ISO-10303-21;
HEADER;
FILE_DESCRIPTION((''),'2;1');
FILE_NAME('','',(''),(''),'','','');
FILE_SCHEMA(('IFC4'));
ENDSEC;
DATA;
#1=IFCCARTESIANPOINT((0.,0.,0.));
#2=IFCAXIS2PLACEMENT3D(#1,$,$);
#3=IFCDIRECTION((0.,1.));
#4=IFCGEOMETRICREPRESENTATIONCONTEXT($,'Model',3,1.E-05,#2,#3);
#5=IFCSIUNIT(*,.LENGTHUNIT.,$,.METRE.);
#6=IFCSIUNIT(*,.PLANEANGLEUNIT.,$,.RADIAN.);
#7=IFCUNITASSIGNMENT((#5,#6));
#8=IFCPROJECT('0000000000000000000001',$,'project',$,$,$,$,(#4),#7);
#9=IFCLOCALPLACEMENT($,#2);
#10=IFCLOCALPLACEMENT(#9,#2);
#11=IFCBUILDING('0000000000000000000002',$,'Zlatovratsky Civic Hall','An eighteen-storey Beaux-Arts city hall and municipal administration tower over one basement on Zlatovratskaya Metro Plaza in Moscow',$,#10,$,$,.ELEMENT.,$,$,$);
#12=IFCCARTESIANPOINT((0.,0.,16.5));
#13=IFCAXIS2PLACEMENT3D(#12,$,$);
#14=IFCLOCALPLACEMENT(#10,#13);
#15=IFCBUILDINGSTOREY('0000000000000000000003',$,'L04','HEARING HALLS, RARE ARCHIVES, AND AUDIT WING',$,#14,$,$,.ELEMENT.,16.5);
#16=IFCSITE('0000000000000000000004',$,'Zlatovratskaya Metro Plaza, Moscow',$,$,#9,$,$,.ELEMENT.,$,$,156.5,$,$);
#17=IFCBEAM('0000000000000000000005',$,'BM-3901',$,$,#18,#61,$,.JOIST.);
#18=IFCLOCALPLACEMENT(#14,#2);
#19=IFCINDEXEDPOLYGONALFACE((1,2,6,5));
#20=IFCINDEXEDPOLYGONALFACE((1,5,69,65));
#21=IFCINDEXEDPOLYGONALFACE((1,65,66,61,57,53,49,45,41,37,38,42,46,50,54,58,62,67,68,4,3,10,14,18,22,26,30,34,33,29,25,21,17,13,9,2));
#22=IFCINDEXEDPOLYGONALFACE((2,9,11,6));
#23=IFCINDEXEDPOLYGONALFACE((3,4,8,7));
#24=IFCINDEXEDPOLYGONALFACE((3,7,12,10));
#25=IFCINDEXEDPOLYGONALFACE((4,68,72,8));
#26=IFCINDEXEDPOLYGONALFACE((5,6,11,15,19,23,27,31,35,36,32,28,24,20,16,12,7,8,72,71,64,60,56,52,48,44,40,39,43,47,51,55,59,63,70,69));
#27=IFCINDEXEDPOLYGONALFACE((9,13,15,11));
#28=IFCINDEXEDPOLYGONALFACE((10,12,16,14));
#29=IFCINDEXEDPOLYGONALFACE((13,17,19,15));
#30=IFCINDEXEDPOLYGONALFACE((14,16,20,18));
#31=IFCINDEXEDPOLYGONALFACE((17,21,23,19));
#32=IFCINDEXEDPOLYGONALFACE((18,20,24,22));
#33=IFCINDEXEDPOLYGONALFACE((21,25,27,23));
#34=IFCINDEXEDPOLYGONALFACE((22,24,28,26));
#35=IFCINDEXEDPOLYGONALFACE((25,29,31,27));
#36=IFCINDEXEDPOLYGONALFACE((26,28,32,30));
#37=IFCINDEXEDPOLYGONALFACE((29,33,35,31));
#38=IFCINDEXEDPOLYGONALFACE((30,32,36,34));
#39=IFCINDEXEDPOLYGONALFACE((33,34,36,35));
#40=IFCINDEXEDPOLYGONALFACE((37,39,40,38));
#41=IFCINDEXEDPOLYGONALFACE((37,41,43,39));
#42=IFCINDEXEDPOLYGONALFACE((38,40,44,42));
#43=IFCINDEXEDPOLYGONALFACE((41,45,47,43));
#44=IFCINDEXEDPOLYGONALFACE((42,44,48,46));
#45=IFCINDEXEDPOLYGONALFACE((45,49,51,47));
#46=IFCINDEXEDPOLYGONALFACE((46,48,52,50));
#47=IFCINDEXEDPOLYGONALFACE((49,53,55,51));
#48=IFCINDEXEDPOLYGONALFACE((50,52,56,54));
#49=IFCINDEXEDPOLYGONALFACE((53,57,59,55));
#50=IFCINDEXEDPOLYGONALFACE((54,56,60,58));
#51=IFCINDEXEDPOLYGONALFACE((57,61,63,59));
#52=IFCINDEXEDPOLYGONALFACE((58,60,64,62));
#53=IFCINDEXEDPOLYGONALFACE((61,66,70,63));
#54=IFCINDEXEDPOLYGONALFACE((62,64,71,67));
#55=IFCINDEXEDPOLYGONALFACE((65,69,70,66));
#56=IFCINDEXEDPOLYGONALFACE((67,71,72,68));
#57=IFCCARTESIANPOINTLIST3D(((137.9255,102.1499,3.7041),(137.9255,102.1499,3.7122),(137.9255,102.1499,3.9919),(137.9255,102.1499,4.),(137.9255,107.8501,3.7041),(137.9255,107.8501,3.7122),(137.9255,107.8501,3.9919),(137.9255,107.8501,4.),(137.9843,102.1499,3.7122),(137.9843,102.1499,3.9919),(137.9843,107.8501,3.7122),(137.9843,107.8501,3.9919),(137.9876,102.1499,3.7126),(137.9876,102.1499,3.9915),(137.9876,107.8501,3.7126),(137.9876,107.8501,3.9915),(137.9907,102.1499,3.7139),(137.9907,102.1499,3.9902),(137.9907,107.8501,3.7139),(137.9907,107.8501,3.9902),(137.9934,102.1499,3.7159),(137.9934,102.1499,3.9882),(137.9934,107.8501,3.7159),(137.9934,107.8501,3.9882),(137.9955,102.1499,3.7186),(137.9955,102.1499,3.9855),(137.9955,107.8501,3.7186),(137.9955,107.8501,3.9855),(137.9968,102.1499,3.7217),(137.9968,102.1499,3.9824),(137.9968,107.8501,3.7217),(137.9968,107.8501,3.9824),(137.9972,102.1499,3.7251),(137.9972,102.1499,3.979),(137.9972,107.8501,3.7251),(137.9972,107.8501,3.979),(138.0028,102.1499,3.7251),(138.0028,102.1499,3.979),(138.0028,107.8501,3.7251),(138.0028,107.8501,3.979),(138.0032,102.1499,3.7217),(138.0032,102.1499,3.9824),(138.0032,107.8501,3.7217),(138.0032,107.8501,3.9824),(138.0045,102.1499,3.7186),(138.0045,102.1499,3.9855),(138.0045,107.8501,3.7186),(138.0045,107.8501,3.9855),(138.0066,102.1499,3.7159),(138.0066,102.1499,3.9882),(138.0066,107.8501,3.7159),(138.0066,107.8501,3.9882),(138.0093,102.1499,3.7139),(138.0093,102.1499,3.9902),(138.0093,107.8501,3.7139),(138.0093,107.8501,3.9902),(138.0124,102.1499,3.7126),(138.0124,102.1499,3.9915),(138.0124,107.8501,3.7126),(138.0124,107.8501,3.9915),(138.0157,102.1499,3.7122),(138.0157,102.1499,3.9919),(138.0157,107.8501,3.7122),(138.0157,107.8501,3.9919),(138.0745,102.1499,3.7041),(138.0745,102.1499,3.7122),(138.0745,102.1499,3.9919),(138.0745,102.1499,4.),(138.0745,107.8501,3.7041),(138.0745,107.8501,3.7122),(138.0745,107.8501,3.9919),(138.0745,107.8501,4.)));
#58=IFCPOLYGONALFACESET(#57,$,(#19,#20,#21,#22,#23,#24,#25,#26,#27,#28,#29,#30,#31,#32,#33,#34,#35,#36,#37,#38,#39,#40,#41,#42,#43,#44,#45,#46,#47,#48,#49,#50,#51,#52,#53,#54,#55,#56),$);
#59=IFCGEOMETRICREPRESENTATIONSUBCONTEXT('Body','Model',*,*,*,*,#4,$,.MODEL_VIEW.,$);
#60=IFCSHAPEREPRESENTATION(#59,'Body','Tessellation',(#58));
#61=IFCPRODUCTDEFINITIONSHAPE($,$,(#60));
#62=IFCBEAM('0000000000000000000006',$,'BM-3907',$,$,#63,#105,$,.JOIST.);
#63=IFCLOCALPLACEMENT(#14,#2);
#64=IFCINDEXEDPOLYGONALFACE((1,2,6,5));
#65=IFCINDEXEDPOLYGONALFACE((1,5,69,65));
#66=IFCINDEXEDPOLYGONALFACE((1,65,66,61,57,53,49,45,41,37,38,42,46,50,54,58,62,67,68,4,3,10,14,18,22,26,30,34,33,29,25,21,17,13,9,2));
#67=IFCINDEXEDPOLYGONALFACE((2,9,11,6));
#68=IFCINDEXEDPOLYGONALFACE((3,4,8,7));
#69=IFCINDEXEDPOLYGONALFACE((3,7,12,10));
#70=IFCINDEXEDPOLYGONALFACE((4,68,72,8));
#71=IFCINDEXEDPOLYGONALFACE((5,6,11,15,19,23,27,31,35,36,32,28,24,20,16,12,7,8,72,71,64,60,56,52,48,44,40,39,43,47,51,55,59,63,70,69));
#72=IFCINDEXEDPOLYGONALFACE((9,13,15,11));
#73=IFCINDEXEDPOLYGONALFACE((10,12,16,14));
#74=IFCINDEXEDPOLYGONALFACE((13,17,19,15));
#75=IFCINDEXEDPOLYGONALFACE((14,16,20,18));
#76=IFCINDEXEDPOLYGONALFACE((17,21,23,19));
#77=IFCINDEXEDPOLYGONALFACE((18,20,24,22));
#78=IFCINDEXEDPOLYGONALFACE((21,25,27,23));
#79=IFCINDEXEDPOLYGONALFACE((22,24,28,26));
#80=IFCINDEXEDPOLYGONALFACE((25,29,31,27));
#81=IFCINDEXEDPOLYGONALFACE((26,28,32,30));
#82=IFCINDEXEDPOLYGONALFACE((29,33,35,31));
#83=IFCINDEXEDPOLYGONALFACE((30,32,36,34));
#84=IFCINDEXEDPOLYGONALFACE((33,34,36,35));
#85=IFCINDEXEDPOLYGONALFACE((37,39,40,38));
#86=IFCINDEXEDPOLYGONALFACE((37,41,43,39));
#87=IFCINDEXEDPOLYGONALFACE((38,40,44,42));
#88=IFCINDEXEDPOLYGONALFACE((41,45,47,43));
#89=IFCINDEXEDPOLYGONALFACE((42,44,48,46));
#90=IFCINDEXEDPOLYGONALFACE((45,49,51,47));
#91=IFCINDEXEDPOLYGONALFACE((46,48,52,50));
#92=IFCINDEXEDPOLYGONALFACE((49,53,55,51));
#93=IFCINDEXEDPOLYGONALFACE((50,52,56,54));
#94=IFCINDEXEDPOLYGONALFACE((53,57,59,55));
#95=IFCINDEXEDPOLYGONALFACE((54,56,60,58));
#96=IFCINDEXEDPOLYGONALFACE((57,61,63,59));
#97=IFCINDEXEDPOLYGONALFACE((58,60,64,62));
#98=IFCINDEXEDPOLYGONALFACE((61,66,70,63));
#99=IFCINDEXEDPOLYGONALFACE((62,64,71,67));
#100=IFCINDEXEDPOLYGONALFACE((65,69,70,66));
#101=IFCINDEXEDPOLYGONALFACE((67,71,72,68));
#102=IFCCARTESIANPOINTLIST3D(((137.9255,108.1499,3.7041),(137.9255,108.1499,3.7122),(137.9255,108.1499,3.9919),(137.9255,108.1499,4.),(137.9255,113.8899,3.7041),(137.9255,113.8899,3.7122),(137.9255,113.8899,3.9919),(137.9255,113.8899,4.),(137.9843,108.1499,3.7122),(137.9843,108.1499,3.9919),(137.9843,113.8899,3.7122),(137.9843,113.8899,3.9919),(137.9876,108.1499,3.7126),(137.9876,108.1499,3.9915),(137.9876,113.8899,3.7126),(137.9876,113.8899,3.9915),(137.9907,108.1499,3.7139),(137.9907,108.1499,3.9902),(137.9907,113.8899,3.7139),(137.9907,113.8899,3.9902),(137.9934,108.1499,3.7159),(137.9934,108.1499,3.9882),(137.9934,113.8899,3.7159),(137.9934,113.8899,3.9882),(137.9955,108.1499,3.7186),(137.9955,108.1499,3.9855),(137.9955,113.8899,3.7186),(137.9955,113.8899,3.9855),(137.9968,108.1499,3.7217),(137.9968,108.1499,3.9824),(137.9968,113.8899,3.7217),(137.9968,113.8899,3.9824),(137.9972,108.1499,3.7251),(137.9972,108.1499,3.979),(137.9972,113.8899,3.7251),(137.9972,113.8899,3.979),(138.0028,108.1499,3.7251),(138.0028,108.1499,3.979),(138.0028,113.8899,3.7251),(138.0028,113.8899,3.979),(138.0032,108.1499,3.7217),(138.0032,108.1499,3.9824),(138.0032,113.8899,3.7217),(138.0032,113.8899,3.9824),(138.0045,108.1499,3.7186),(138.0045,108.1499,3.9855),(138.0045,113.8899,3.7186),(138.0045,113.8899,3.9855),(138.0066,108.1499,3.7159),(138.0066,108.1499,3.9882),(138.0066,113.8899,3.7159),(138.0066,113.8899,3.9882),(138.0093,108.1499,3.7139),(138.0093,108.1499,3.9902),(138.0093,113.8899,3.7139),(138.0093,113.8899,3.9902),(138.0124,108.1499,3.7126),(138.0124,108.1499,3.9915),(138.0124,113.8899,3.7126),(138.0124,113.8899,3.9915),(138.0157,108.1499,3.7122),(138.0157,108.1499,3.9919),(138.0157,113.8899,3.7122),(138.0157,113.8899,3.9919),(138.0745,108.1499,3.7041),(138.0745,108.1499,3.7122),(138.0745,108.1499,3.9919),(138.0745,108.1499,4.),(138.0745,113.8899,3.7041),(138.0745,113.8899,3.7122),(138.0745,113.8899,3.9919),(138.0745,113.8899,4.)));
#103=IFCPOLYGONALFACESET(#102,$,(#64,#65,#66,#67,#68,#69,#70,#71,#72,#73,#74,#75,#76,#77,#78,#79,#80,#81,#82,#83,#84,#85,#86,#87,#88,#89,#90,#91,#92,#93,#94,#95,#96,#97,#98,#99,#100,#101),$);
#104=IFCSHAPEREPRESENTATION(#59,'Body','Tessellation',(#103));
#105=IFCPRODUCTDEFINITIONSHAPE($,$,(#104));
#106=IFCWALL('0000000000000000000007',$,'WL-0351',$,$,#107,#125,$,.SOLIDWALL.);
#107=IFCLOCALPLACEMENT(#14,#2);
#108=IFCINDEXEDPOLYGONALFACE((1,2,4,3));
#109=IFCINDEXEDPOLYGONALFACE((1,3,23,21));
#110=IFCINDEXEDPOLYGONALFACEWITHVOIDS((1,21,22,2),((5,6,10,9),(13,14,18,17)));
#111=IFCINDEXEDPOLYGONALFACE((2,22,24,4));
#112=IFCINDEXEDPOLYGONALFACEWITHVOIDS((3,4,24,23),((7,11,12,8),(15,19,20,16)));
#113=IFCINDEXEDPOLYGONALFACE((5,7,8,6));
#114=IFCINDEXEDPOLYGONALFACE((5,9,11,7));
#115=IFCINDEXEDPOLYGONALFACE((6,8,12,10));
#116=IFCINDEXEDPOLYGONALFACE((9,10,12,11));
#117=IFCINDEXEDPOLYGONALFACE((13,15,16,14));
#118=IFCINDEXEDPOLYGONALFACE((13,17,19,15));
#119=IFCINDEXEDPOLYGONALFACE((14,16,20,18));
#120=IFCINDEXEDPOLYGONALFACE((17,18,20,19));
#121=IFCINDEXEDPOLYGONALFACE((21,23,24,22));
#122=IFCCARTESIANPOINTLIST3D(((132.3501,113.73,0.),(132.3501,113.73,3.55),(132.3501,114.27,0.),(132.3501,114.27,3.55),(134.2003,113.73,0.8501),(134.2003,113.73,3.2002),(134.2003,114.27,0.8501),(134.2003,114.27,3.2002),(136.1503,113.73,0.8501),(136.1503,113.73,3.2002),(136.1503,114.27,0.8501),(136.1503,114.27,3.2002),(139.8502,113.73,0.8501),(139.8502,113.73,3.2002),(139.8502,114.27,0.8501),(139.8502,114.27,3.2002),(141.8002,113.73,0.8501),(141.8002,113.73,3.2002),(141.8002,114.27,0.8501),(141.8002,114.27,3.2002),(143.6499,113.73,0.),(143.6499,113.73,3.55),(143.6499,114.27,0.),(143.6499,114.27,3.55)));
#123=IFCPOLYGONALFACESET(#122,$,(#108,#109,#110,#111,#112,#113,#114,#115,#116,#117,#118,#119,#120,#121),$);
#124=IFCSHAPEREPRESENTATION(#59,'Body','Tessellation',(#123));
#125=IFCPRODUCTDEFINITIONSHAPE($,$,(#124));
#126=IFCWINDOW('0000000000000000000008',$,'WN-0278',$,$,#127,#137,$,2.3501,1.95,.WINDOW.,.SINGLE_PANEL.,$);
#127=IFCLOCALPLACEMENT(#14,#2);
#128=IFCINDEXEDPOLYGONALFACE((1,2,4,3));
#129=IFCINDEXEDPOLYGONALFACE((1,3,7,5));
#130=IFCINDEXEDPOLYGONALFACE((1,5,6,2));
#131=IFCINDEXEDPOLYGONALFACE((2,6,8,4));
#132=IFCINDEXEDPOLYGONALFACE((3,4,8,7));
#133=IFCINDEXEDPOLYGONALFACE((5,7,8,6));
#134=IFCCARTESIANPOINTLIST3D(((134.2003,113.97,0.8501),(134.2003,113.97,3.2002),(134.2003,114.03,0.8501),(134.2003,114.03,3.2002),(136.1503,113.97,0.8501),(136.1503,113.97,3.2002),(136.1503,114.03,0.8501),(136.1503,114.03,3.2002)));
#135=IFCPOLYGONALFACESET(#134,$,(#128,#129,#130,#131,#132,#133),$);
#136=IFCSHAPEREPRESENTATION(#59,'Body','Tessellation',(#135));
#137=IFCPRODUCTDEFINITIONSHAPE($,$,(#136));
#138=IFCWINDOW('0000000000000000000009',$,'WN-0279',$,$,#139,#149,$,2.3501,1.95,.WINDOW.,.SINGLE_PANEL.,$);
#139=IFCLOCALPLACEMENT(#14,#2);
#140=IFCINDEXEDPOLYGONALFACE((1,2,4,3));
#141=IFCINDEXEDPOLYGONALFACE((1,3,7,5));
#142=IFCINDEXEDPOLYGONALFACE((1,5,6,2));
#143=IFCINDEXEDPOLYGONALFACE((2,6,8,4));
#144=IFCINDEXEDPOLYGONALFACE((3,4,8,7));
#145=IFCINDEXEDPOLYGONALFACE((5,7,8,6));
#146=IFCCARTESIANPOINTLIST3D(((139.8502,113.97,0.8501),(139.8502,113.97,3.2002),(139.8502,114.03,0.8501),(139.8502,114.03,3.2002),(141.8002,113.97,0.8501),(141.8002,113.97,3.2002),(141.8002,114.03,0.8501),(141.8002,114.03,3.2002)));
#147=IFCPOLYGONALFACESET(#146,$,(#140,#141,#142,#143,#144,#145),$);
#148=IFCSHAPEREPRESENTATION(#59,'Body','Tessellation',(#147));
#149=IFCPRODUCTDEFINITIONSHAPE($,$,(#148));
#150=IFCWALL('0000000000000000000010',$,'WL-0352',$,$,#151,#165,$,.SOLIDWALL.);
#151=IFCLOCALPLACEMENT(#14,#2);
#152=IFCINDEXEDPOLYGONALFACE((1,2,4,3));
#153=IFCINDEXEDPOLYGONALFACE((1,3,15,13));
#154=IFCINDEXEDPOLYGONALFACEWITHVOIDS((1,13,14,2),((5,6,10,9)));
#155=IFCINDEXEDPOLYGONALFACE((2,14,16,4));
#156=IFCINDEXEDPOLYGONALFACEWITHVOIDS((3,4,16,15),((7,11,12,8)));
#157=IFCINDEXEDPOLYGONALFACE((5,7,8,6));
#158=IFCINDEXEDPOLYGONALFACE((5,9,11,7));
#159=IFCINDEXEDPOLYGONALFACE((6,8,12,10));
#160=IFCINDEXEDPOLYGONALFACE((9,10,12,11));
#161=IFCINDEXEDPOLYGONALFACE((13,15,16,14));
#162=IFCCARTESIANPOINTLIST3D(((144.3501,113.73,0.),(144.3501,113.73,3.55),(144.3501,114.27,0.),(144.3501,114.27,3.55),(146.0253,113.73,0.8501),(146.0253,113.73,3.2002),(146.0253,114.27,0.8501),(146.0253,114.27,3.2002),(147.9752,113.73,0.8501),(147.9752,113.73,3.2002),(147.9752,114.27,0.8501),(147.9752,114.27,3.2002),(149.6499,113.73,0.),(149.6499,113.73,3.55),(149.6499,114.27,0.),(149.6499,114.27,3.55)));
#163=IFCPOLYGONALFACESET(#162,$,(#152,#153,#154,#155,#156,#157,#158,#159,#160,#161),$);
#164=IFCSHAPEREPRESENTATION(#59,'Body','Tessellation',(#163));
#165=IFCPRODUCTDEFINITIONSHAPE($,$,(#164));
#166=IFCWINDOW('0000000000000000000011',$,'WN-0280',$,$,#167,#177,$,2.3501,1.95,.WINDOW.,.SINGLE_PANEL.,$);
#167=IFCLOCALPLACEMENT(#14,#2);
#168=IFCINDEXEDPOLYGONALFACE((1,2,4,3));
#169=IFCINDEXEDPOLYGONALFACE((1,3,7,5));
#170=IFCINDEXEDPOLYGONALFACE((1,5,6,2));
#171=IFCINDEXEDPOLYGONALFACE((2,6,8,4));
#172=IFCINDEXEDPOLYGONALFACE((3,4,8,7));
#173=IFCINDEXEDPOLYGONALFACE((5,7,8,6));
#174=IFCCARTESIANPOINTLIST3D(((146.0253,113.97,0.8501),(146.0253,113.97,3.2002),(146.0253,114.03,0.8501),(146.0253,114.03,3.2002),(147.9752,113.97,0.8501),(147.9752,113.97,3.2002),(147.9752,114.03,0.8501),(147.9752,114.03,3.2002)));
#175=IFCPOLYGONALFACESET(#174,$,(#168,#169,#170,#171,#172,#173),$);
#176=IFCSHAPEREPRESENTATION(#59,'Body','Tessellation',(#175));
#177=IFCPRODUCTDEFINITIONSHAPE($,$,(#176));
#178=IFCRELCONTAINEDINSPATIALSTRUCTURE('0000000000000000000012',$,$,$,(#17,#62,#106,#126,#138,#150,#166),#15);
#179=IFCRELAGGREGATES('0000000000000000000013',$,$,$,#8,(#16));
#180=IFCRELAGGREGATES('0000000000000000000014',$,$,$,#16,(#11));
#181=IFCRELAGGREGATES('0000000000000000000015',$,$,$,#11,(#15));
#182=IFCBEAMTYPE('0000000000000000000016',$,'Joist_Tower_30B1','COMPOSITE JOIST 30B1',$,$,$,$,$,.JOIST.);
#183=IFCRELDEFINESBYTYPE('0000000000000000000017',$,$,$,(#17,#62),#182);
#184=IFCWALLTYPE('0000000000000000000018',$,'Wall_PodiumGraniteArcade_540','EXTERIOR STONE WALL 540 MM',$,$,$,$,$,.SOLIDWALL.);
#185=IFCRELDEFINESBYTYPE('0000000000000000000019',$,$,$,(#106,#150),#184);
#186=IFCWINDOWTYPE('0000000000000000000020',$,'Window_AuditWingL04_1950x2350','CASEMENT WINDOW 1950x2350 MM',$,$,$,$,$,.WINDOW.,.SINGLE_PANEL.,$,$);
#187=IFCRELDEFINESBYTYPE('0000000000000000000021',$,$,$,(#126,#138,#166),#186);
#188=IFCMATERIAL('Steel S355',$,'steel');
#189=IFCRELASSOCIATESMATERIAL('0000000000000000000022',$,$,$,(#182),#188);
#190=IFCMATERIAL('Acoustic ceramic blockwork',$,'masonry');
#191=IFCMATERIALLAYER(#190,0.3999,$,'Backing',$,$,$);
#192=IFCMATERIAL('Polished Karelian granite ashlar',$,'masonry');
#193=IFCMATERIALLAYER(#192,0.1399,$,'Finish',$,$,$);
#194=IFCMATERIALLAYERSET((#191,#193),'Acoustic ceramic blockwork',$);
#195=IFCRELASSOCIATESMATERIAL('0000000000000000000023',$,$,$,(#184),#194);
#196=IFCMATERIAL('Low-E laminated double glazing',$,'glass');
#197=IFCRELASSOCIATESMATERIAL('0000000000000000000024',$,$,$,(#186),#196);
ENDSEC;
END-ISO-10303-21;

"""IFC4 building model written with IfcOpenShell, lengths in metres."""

from ifc_helpers import new_model, si_unit, direction, frame, frame_2d, origin, origin_2d, place, context, subcontext, project, spatial, rectangle, i_section, extrude, material, layer, layer_set, material_profile, profile_set, type_object, element, fill, save


model = new_model("IFC4")

# Units and contexts
model_context = context("Model", 3, precision=1e-05, world=origin(), true_north=direction((0.0, 1.0)))
body_context = subcontext(model_context, "Body", "Model", "MODEL_VIEW")
ifc_project = project(units=[si_unit("LENGTHUNIT", "METRE"), si_unit("PLANEANGLEUNIT", "RADIAN")], contexts=[model_context])

# Site, building, storey
site_placement = place(None, origin())
site = spatial("IfcSite", under=ifc_project, at=site_placement, Name="Zlatovratskaya Metro Plaza, Moscow", CompositionType="ELEMENT", RefElevation=156.5)
building_placement = place(site_placement, origin())
building = spatial("IfcBuilding", under=site, at=building_placement, Name="Zlatovratsky Civic Hall", Description="An eighteen-storey Beaux-Arts city hall and municipal administration tower over one basement on Zlatovratskaya Metro Plaza in Moscow", CompositionType="ELEMENT")
storey_placement = place(building_placement, frame((0.0, 0.0, 16.5)))
storey = spatial("IfcBuildingStorey", under=building, at=storey_placement, Name="L04", Description="HEARING HALLS, RARE ARCHIVES, AND AUDIT WING", CompositionType="ELEMENT", Elevation=16.5)

# Shared definitions
ifc_material_1 = material(Name="Steel S355", Category="steel")

# Beams
ifc_material_profile_1 = material_profile(ifc_material_1, i_section(OverallWidth=0.1489, OverallDepth=0.2959, WebThickness=0.0056, FlangeThickness=0.0081, FilletRadius=0.0129, at=origin_2d()), Name="30B1")
ifc_profile_set_1 = profile_set([ifc_material_profile_1], Name="Steel S355")
beam_type_1 = type_object("IfcBeamType", Name="Joist_Tower_30B1", Description="COMPOSITE JOIST 30B1", PredefinedType="JOIST", material=ifc_profile_set_1)
for number, where, z_axis, x_axis, name in (
    (1, (138.0, 102.1499, 3.8521), (0.0, 1.0, 0.0), (-1.0, 0.0, 0.0), "BM-3901"),
):
    element("IfcBeam", number, at=place(storey_placement, frame(where, z_axis=z_axis, x_axis=x_axis)), inside=storey, type_object=beam_type_1, Name=name, PredefinedType="JOIST", context=body_context, shape_type="SweptSolid", body=[
        extrude(i_section(OverallWidth=0.1489, OverallDepth=0.2959, WebThickness=0.0056, FlangeThickness=0.0081, FilletRadius=0.0129, at=origin_2d()), origin(), (0.0, 0.0, 1.0), 5.7002),
    ])
beam_1_placement = place(storey_placement, frame((138.0, 108.1499, 3.8521), z_axis=(0.0, 1.0, 0.0), x_axis=(-1.0, 0.0, 0.0)))
element("IfcBeam", 2, at=beam_1_placement, inside=storey, type_object=beam_type_1, Name="BM-3907", PredefinedType="JOIST", context=body_context, shape_type="SweptSolid", body=[
    extrude(i_section(OverallWidth=0.1489, OverallDepth=0.2959, WebThickness=0.0056, FlangeThickness=0.0081, FilletRadius=0.0129, at=origin_2d()), origin(), (0.0, 0.0, 1.0), 5.74),
])

# Wall, openings, windows
ifc_material_2 = material(Name="Acoustic ceramic blockwork", Category="masonry")
ifc_layer_1 = layer(ifc_material_2, 0.3999, Name="Backing")
ifc_material_3 = material(Name="Polished Karelian granite ashlar", Category="masonry")
ifc_layer_2 = layer(ifc_material_3, 0.1399, Name="Finish")
ifc_layer_set = layer_set([ifc_layer_1, ifc_layer_2], Name="Acoustic ceramic blockwork")
wall_type = type_object("IfcWallType", Name="Wall_PodiumGraniteArcade_540", Description="EXTERIOR STONE WALL 540 MM", PredefinedType="SOLIDWALL", material=ifc_layer_set)
wall_1_placement = place(storey_placement, frame((132.3501, 114.0, 0.0), z_axis=(0.0, 0.0, 1.0), x_axis=(1.0, 0.0, 0.0)))
wall_1 = element("IfcWall", 3, at=wall_1_placement, inside=storey, type_object=wall_type, Name="WL-0351", PredefinedType="SOLIDWALL", context=body_context, shape_type="SweptSolid", body=[
    extrude(rectangle(XDim=11.2998, YDim=0.54, at=frame_2d((5.6499, 0.0))), origin(), (0.0, 0.0, 1.0), 3.55),
])
opening_1_placement = place(wall_1_placement, frame((1.8501, 0.0, 0.8501)))
opening_1 = element("IfcOpeningElement", 4, at=opening_1_placement, cuts=wall_1, PredefinedType="OPENING", context=body_context, shape_type="SweptSolid", body=[
    extrude(rectangle(XDim=1.95, YDim=2.3501, at=frame_2d((0.9751, 1.175))), frame((0.0, 0.2849, 0.0), z_axis=(0.0, -1.0, 0.0), x_axis=(1.0, 0.0, 0.0)), (0.0, 0.0, 1.0), 0.5698),
])
opening_2_placement = place(wall_1_placement, frame((7.5, 0.0, 0.8501)))
opening_2 = element("IfcOpeningElement", 5, at=opening_2_placement, cuts=wall_1, PredefinedType="OPENING", context=body_context, shape_type="SweptSolid", body=[
    extrude(rectangle(XDim=1.95, YDim=2.3501, at=frame_2d((0.9751, 1.175))), frame((0.0, 0.2849, 0.0), z_axis=(0.0, -1.0, 0.0), x_axis=(1.0, 0.0, 0.0)), (0.0, 0.0, 1.0), 0.5698),
])
ifc_material_4 = material(Name="Low-E laminated double glazing", Category="glass")
window_type = type_object("IfcWindowType", Name="Window_AuditWingL04_1950x2350", Description="CASEMENT WINDOW 1950x2350 MM", PartitioningType="SINGLE_PANEL", PredefinedType="WINDOW", material=ifc_material_4)
window_1_placement = place(opening_1_placement, origin())
window_1 = element("IfcWindow", 6, at=window_1_placement, inside=storey, type_object=window_type, Name="WN-0278", OverallHeight=2.3501, OverallWidth=1.95, PartitioningType="SINGLE_PANEL", PredefinedType="WINDOW", context=body_context, shape_type="SweptSolid", body=[
    extrude(rectangle(XDim=1.95, YDim=2.3501, at=frame_2d((0.9751, 1.175))), frame((0.0, 0.03, 0.0), z_axis=(0.0, -1.0, 0.0), x_axis=(1.0, 0.0, 0.0)), (0.0, 0.0, 1.0), 0.0601),
])
fill(opening_1, window_1)
window_2_placement = place(opening_2_placement, origin())
window_2 = element("IfcWindow", 7, at=window_2_placement, inside=storey, type_object=window_type, Name="WN-0279", OverallHeight=2.3501, OverallWidth=1.95, PartitioningType="SINGLE_PANEL", PredefinedType="WINDOW", context=body_context, shape_type="SweptSolid", body=[
    extrude(rectangle(XDim=1.95, YDim=2.3501, at=frame_2d((0.9751, 1.175))), frame((0.0, 0.03, 0.0), z_axis=(0.0, -1.0, 0.0), x_axis=(1.0, 0.0, 0.0)), (0.0, 0.0, 1.0), 0.0601),
])
fill(opening_2, window_2)

# Wall, opening, window
wall_2_placement = place(storey_placement, frame((144.3501, 114.0, 0.0), z_axis=(0.0, 0.0, 1.0), x_axis=(1.0, 0.0, 0.0)))
wall_2 = element("IfcWall", 8, at=wall_2_placement, inside=storey, type_object=wall_type, Name="WL-0352", PredefinedType="SOLIDWALL", context=body_context, shape_type="SweptSolid", body=[
    extrude(rectangle(XDim=5.2998, YDim=0.54, at=frame_2d((2.6499, 0.0))), origin(), (0.0, 0.0, 1.0), 3.55),
])
opening_3_placement = place(wall_2_placement, frame((1.675, 0.0, 0.8501)))
opening_3 = element("IfcOpeningElement", 9, at=opening_3_placement, cuts=wall_2, PredefinedType="OPENING", context=body_context, shape_type="SweptSolid", body=[
    extrude(rectangle(XDim=1.95, YDim=2.3501, at=frame_2d((0.9751, 1.175))), frame((0.0, 0.2849, 0.0), z_axis=(0.0, -1.0, 0.0), x_axis=(1.0, 0.0, 0.0)), (0.0, 0.0, 1.0), 0.5698),
])
window_3_placement = place(opening_3_placement, origin())
window_3 = element("IfcWindow", 10, at=window_3_placement, inside=storey, type_object=window_type, Name="WN-0280", OverallHeight=2.3501, OverallWidth=1.95, PartitioningType="SINGLE_PANEL", PredefinedType="WINDOW", context=body_context, shape_type="SweptSolid", body=[
    extrude(rectangle(XDim=1.95, YDim=2.3501, at=frame_2d((0.9751, 1.175))), frame((0.0, 0.03, 0.0), z_axis=(0.0, -1.0, 0.0), x_axis=(1.0, 0.0, 0.0)), (0.0, 0.0, 1.0), 0.0601),
])
fill(opening_3, window_3)

save(model, "model.ifc")
